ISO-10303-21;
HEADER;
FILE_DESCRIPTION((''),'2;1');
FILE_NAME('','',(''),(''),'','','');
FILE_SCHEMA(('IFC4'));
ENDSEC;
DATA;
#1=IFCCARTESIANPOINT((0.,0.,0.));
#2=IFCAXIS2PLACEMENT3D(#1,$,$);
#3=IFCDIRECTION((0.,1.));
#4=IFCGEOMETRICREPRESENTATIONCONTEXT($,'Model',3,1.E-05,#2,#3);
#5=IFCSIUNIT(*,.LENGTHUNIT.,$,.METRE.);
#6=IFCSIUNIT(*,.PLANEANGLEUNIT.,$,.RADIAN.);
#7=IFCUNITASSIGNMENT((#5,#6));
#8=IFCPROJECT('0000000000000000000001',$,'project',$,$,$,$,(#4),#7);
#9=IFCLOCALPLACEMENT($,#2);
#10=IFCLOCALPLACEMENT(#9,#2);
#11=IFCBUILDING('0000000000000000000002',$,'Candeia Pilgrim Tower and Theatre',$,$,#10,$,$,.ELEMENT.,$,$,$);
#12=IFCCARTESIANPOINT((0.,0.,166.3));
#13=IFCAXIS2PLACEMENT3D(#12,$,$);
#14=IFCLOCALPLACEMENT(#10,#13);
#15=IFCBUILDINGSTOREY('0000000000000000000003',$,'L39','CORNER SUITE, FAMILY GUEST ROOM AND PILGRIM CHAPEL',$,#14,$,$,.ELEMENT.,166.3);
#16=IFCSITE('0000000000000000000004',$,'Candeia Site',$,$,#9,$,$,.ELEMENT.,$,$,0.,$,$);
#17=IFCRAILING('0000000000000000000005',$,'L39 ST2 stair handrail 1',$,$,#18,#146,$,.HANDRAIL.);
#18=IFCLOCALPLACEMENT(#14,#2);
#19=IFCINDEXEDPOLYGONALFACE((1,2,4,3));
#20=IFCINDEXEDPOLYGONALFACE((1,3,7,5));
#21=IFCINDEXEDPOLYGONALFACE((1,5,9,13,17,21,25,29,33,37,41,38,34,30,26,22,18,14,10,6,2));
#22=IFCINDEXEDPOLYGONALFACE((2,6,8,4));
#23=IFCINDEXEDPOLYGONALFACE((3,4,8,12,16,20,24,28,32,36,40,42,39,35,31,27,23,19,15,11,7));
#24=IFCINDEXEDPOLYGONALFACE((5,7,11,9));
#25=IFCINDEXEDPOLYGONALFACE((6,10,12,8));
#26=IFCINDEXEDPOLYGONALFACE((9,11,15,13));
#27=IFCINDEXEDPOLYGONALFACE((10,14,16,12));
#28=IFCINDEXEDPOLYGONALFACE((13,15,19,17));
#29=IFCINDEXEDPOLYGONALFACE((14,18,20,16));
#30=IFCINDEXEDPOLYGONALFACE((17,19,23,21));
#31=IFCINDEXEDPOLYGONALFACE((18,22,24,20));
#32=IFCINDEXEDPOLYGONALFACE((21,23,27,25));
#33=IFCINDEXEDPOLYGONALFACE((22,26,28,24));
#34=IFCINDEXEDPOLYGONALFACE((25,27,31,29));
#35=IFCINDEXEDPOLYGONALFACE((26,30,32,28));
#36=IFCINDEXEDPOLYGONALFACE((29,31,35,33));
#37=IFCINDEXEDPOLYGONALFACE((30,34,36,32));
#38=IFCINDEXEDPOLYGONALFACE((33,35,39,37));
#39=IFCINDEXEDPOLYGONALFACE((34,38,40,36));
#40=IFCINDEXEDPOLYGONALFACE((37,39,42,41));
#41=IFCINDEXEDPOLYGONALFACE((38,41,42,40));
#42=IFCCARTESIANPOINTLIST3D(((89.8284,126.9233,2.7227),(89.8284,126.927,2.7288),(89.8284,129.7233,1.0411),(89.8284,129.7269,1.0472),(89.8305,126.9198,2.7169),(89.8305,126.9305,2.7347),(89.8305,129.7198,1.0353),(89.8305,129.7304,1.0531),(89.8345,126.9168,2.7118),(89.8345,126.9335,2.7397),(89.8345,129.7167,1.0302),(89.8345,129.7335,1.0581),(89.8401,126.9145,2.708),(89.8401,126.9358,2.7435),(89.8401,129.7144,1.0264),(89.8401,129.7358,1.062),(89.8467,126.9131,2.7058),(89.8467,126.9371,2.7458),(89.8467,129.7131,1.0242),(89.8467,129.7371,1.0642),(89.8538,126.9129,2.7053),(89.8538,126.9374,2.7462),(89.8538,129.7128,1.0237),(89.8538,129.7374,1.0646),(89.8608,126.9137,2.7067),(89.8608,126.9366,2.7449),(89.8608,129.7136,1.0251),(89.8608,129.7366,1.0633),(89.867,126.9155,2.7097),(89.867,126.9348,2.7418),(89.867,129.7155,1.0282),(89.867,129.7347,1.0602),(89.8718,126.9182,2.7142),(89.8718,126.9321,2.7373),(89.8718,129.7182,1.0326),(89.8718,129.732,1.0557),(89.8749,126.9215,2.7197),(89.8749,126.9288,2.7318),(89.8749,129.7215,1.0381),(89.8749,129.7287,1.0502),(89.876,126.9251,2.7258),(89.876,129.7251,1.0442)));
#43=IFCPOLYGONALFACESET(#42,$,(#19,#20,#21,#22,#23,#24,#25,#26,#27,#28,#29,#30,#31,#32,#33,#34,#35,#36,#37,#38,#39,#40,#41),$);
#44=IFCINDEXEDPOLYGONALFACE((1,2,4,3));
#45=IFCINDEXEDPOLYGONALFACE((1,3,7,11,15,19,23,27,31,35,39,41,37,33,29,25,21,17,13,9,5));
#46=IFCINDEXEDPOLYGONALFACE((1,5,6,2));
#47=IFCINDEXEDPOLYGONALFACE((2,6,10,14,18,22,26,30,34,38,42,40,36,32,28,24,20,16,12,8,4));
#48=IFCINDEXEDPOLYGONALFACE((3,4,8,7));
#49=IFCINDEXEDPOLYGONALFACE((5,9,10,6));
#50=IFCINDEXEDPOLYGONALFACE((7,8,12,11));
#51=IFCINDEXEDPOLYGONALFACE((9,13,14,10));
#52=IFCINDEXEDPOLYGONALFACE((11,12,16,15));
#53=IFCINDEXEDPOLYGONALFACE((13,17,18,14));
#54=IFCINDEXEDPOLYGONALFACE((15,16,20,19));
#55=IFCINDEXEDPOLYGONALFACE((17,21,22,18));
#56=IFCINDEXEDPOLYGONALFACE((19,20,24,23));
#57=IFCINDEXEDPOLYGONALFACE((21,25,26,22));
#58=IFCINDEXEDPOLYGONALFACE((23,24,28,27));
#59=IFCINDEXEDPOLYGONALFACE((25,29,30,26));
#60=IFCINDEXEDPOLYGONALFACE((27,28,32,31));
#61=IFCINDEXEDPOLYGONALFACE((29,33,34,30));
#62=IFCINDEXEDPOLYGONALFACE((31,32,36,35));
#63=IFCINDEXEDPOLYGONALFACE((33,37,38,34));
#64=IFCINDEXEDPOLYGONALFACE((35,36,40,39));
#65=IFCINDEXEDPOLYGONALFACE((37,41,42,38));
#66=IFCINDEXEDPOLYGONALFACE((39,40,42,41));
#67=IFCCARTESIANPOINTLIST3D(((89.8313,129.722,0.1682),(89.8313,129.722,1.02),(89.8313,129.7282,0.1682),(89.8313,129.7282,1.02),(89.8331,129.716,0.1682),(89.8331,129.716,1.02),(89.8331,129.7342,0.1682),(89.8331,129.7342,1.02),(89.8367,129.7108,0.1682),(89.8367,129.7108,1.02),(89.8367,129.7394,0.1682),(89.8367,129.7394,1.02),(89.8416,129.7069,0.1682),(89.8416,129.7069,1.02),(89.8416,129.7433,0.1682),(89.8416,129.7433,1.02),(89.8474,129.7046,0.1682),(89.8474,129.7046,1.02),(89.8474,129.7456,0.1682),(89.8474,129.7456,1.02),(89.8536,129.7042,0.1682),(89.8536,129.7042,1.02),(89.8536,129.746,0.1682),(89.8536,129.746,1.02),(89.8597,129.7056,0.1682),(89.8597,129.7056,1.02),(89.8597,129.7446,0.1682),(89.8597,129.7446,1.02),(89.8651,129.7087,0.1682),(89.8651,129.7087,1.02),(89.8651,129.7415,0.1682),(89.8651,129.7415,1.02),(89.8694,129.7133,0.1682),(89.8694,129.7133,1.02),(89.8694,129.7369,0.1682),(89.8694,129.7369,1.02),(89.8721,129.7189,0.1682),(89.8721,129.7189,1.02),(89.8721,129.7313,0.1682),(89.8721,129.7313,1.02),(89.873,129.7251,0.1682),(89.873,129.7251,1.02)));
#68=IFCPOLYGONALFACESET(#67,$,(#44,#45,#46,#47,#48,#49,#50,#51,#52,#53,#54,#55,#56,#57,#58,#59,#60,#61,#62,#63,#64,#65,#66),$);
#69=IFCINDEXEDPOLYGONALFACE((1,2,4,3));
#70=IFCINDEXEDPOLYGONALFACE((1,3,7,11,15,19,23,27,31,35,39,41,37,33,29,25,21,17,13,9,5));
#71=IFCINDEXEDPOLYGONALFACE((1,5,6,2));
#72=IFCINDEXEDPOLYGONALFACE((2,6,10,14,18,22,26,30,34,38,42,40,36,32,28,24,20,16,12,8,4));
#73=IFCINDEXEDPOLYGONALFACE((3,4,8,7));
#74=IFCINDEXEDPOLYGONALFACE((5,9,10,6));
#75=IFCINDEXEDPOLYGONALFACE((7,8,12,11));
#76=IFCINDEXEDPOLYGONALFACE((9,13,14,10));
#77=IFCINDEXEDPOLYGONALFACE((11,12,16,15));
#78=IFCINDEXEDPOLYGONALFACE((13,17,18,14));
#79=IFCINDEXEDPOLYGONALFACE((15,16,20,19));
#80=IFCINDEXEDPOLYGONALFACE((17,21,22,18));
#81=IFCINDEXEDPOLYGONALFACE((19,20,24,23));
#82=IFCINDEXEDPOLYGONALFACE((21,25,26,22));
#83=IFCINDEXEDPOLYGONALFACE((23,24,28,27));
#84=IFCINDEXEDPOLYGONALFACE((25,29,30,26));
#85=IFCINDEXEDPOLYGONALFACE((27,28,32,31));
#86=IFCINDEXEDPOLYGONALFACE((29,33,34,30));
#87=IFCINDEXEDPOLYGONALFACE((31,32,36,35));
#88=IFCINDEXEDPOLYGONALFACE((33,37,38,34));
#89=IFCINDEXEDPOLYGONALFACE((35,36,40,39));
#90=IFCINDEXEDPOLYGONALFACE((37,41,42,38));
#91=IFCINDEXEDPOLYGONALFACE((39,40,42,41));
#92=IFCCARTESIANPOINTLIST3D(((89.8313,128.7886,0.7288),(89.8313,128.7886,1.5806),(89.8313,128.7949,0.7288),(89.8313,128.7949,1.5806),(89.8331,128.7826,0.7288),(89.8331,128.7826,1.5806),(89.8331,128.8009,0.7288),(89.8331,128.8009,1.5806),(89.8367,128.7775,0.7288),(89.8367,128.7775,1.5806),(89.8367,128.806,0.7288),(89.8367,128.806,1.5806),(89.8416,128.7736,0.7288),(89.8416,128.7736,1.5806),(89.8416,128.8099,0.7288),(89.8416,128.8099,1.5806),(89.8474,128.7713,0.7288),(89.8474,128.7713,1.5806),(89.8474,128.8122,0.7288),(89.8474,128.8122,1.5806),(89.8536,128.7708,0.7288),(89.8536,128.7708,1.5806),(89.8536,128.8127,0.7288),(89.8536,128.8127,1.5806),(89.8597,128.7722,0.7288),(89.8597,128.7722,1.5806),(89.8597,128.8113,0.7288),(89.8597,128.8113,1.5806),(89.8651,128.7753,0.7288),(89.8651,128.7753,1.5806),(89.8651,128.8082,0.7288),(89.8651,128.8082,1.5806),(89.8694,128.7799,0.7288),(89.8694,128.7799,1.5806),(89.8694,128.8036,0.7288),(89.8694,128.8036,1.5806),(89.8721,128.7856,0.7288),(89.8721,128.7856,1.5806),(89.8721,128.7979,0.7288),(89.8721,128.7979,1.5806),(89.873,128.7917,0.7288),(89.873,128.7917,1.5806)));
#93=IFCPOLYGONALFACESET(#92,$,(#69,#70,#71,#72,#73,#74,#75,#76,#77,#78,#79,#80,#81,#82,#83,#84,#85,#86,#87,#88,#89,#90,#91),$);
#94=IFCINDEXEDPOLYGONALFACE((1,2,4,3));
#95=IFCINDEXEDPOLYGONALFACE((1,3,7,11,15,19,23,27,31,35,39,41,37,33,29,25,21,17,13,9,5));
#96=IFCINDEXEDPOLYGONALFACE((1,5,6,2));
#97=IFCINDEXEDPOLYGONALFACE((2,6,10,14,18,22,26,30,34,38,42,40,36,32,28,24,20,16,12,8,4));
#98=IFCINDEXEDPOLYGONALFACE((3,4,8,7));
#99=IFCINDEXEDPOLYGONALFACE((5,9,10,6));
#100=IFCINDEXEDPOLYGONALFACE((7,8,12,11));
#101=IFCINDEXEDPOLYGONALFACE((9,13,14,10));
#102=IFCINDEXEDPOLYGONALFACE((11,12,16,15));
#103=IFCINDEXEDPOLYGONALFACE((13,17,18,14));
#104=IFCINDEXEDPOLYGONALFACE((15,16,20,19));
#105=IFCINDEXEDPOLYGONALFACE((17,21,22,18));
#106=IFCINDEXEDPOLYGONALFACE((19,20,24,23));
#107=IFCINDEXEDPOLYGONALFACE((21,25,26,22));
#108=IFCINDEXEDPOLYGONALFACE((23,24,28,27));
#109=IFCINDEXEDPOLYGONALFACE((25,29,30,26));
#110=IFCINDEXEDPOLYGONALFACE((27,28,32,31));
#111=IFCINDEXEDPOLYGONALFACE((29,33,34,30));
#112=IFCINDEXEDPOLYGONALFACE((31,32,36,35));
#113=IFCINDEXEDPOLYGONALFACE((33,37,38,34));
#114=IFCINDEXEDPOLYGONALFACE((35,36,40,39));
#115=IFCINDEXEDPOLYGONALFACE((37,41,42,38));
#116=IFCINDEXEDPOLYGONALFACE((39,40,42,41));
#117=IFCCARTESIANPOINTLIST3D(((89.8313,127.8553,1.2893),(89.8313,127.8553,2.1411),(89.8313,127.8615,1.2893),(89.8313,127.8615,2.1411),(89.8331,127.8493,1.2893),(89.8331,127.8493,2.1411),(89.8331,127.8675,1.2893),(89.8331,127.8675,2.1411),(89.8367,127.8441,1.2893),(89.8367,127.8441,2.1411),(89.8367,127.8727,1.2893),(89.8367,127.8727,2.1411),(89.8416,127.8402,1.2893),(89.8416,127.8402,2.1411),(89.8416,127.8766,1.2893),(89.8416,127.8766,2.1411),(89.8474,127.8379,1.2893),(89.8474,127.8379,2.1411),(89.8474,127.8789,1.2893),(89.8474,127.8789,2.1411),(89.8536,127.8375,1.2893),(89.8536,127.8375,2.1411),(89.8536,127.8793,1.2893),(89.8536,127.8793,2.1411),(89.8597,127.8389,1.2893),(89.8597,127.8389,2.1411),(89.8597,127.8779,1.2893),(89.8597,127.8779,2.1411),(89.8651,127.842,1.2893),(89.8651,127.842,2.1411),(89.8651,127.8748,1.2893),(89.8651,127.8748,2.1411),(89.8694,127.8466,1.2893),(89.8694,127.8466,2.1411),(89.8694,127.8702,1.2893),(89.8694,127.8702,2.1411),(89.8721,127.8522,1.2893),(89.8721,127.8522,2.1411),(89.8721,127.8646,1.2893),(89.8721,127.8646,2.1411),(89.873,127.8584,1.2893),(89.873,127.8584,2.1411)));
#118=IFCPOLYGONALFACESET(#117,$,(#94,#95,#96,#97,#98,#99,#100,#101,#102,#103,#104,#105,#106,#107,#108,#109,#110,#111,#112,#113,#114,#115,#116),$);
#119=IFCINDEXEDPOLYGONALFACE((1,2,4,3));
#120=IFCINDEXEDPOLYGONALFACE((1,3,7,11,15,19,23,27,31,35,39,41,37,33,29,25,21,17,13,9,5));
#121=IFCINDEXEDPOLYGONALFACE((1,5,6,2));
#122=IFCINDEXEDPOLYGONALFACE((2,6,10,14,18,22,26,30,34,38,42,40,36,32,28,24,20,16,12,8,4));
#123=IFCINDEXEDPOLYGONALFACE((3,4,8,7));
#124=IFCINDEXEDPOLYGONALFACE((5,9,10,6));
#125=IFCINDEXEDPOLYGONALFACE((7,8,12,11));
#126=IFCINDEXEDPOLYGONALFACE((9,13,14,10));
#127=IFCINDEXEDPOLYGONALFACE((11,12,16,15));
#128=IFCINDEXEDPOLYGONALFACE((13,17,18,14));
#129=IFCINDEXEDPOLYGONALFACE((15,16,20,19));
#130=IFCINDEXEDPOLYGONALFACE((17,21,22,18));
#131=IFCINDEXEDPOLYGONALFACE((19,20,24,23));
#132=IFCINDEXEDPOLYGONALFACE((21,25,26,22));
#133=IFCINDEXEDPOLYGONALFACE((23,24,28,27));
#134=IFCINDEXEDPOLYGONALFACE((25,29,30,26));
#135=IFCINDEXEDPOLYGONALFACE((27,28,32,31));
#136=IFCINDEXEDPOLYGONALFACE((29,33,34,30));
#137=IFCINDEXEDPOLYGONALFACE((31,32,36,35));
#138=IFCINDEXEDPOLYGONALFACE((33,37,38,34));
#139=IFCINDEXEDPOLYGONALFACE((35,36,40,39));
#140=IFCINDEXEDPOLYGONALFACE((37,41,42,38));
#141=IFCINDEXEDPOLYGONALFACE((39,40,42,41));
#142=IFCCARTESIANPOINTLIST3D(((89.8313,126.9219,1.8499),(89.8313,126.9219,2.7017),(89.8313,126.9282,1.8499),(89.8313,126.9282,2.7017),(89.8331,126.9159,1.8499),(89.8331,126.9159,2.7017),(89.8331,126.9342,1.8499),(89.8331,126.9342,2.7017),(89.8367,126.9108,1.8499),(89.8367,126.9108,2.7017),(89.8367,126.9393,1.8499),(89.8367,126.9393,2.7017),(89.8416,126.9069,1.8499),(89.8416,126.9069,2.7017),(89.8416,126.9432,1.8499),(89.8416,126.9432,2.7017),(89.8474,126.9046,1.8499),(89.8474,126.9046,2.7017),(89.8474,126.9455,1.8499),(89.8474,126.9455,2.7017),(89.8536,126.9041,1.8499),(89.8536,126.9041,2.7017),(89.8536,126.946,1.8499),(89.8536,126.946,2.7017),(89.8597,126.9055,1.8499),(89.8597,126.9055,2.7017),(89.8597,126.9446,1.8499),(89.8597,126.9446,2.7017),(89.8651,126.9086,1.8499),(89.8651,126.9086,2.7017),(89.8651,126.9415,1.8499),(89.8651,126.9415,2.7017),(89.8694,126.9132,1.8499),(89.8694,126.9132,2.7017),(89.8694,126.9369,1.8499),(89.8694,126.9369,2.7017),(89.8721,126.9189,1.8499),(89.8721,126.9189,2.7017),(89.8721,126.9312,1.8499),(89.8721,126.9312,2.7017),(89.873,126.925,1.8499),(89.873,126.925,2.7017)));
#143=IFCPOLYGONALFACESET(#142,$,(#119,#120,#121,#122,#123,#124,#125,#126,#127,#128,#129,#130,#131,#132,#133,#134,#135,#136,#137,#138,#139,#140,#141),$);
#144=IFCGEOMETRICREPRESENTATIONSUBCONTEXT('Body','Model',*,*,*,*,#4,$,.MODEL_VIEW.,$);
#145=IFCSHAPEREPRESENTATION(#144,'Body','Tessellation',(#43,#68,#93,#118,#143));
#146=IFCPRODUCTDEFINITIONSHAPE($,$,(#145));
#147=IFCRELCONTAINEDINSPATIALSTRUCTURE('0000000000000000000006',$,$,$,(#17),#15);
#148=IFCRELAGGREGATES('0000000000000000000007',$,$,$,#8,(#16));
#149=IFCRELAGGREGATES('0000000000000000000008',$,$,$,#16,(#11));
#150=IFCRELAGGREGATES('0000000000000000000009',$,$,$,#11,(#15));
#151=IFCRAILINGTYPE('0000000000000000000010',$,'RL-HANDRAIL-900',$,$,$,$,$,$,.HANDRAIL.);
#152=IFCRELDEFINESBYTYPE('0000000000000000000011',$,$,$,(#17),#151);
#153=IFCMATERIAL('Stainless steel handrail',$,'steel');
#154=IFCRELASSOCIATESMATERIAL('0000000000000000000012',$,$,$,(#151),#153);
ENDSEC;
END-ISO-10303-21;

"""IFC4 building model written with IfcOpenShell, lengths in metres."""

from ifc_helpers import new_model, si_unit, direction, frame, origin, origin_2d, place, context, subcontext, project, spatial, circle, extrude, material, type_object, element, save


model = new_model("IFC4")

# Units and contexts
model_context = context("Model", 3, precision=1e-05, world=origin(), true_north=direction((0.0, 1.0)))
body_context = subcontext(model_context, "Body", "Model", "MODEL_VIEW")
ifc_project = project(units=[si_unit("LENGTHUNIT", "METRE"), si_unit("PLANEANGLEUNIT", "RADIAN")], contexts=[model_context])

# Site, building, storey
site_placement = place(None, origin())
site = spatial("IfcSite", under=ifc_project, at=site_placement, Name="Candeia Site", CompositionType="ELEMENT", RefElevation=0.0)
building_placement = place(site_placement, origin())
building = spatial("IfcBuilding", under=site, at=building_placement, Name="Candeia Pilgrim Tower and Theatre", CompositionType="ELEMENT")
storey_placement = place(building_placement, frame((0.0, 0.0, 166.3)))
storey = spatial("IfcBuildingStorey", under=building, at=storey_placement, Name="L39", Description="CORNER SUITE, FAMILY GUEST ROOM AND PILGRIM CHAPEL", CompositionType="ELEMENT", Elevation=166.3)

# Railing
ifc_material_1 = material(Name="Stainless steel handrail", Category="steel")
railing_type_1 = type_object("IfcRailingType", Name="RL-HANDRAIL-900", PredefinedType="HANDRAIL", material=ifc_material_1)
railing_1_placement = place(storey_placement, frame((89.8521, 129.7251, 0.1682)))
element("IfcRailing", 1, at=railing_1_placement, inside=storey, type_object=railing_type_1, Name="L39 ST2 stair handrail 1", PredefinedType="HANDRAIL", context=body_context, shape_type="SweptSolid", body=[
    extrude(circle(Radius=0.0239, at=origin_2d()), frame((0.0, 0.0, 0.876), z_axis=(0.0, -0.857275, 0.514858), x_axis=(1.0, 0.0, 0.0)), (0.0, 0.0, 1.0), 3.2661),
    extrude(circle(Radius=0.021, at=origin_2d()), origin(), (0.0, 0.0, 1.0), 0.8518),
    extrude(circle(Radius=0.021, at=origin_2d()), frame((0.0, -0.9333, 0.5605)), (0.0, 0.0, 1.0), 0.8518),
    extrude(circle(Radius=0.021, at=origin_2d()), frame((0.0, -1.8667, 1.1211)), (0.0, 0.0, 1.0), 0.8518),
    extrude(circle(Radius=0.021, at=origin_2d()), frame((0.0, -2.8, 1.6816)), (0.0, 0.0, 1.0), 0.8518),
])

save(model, "model.ifc")
